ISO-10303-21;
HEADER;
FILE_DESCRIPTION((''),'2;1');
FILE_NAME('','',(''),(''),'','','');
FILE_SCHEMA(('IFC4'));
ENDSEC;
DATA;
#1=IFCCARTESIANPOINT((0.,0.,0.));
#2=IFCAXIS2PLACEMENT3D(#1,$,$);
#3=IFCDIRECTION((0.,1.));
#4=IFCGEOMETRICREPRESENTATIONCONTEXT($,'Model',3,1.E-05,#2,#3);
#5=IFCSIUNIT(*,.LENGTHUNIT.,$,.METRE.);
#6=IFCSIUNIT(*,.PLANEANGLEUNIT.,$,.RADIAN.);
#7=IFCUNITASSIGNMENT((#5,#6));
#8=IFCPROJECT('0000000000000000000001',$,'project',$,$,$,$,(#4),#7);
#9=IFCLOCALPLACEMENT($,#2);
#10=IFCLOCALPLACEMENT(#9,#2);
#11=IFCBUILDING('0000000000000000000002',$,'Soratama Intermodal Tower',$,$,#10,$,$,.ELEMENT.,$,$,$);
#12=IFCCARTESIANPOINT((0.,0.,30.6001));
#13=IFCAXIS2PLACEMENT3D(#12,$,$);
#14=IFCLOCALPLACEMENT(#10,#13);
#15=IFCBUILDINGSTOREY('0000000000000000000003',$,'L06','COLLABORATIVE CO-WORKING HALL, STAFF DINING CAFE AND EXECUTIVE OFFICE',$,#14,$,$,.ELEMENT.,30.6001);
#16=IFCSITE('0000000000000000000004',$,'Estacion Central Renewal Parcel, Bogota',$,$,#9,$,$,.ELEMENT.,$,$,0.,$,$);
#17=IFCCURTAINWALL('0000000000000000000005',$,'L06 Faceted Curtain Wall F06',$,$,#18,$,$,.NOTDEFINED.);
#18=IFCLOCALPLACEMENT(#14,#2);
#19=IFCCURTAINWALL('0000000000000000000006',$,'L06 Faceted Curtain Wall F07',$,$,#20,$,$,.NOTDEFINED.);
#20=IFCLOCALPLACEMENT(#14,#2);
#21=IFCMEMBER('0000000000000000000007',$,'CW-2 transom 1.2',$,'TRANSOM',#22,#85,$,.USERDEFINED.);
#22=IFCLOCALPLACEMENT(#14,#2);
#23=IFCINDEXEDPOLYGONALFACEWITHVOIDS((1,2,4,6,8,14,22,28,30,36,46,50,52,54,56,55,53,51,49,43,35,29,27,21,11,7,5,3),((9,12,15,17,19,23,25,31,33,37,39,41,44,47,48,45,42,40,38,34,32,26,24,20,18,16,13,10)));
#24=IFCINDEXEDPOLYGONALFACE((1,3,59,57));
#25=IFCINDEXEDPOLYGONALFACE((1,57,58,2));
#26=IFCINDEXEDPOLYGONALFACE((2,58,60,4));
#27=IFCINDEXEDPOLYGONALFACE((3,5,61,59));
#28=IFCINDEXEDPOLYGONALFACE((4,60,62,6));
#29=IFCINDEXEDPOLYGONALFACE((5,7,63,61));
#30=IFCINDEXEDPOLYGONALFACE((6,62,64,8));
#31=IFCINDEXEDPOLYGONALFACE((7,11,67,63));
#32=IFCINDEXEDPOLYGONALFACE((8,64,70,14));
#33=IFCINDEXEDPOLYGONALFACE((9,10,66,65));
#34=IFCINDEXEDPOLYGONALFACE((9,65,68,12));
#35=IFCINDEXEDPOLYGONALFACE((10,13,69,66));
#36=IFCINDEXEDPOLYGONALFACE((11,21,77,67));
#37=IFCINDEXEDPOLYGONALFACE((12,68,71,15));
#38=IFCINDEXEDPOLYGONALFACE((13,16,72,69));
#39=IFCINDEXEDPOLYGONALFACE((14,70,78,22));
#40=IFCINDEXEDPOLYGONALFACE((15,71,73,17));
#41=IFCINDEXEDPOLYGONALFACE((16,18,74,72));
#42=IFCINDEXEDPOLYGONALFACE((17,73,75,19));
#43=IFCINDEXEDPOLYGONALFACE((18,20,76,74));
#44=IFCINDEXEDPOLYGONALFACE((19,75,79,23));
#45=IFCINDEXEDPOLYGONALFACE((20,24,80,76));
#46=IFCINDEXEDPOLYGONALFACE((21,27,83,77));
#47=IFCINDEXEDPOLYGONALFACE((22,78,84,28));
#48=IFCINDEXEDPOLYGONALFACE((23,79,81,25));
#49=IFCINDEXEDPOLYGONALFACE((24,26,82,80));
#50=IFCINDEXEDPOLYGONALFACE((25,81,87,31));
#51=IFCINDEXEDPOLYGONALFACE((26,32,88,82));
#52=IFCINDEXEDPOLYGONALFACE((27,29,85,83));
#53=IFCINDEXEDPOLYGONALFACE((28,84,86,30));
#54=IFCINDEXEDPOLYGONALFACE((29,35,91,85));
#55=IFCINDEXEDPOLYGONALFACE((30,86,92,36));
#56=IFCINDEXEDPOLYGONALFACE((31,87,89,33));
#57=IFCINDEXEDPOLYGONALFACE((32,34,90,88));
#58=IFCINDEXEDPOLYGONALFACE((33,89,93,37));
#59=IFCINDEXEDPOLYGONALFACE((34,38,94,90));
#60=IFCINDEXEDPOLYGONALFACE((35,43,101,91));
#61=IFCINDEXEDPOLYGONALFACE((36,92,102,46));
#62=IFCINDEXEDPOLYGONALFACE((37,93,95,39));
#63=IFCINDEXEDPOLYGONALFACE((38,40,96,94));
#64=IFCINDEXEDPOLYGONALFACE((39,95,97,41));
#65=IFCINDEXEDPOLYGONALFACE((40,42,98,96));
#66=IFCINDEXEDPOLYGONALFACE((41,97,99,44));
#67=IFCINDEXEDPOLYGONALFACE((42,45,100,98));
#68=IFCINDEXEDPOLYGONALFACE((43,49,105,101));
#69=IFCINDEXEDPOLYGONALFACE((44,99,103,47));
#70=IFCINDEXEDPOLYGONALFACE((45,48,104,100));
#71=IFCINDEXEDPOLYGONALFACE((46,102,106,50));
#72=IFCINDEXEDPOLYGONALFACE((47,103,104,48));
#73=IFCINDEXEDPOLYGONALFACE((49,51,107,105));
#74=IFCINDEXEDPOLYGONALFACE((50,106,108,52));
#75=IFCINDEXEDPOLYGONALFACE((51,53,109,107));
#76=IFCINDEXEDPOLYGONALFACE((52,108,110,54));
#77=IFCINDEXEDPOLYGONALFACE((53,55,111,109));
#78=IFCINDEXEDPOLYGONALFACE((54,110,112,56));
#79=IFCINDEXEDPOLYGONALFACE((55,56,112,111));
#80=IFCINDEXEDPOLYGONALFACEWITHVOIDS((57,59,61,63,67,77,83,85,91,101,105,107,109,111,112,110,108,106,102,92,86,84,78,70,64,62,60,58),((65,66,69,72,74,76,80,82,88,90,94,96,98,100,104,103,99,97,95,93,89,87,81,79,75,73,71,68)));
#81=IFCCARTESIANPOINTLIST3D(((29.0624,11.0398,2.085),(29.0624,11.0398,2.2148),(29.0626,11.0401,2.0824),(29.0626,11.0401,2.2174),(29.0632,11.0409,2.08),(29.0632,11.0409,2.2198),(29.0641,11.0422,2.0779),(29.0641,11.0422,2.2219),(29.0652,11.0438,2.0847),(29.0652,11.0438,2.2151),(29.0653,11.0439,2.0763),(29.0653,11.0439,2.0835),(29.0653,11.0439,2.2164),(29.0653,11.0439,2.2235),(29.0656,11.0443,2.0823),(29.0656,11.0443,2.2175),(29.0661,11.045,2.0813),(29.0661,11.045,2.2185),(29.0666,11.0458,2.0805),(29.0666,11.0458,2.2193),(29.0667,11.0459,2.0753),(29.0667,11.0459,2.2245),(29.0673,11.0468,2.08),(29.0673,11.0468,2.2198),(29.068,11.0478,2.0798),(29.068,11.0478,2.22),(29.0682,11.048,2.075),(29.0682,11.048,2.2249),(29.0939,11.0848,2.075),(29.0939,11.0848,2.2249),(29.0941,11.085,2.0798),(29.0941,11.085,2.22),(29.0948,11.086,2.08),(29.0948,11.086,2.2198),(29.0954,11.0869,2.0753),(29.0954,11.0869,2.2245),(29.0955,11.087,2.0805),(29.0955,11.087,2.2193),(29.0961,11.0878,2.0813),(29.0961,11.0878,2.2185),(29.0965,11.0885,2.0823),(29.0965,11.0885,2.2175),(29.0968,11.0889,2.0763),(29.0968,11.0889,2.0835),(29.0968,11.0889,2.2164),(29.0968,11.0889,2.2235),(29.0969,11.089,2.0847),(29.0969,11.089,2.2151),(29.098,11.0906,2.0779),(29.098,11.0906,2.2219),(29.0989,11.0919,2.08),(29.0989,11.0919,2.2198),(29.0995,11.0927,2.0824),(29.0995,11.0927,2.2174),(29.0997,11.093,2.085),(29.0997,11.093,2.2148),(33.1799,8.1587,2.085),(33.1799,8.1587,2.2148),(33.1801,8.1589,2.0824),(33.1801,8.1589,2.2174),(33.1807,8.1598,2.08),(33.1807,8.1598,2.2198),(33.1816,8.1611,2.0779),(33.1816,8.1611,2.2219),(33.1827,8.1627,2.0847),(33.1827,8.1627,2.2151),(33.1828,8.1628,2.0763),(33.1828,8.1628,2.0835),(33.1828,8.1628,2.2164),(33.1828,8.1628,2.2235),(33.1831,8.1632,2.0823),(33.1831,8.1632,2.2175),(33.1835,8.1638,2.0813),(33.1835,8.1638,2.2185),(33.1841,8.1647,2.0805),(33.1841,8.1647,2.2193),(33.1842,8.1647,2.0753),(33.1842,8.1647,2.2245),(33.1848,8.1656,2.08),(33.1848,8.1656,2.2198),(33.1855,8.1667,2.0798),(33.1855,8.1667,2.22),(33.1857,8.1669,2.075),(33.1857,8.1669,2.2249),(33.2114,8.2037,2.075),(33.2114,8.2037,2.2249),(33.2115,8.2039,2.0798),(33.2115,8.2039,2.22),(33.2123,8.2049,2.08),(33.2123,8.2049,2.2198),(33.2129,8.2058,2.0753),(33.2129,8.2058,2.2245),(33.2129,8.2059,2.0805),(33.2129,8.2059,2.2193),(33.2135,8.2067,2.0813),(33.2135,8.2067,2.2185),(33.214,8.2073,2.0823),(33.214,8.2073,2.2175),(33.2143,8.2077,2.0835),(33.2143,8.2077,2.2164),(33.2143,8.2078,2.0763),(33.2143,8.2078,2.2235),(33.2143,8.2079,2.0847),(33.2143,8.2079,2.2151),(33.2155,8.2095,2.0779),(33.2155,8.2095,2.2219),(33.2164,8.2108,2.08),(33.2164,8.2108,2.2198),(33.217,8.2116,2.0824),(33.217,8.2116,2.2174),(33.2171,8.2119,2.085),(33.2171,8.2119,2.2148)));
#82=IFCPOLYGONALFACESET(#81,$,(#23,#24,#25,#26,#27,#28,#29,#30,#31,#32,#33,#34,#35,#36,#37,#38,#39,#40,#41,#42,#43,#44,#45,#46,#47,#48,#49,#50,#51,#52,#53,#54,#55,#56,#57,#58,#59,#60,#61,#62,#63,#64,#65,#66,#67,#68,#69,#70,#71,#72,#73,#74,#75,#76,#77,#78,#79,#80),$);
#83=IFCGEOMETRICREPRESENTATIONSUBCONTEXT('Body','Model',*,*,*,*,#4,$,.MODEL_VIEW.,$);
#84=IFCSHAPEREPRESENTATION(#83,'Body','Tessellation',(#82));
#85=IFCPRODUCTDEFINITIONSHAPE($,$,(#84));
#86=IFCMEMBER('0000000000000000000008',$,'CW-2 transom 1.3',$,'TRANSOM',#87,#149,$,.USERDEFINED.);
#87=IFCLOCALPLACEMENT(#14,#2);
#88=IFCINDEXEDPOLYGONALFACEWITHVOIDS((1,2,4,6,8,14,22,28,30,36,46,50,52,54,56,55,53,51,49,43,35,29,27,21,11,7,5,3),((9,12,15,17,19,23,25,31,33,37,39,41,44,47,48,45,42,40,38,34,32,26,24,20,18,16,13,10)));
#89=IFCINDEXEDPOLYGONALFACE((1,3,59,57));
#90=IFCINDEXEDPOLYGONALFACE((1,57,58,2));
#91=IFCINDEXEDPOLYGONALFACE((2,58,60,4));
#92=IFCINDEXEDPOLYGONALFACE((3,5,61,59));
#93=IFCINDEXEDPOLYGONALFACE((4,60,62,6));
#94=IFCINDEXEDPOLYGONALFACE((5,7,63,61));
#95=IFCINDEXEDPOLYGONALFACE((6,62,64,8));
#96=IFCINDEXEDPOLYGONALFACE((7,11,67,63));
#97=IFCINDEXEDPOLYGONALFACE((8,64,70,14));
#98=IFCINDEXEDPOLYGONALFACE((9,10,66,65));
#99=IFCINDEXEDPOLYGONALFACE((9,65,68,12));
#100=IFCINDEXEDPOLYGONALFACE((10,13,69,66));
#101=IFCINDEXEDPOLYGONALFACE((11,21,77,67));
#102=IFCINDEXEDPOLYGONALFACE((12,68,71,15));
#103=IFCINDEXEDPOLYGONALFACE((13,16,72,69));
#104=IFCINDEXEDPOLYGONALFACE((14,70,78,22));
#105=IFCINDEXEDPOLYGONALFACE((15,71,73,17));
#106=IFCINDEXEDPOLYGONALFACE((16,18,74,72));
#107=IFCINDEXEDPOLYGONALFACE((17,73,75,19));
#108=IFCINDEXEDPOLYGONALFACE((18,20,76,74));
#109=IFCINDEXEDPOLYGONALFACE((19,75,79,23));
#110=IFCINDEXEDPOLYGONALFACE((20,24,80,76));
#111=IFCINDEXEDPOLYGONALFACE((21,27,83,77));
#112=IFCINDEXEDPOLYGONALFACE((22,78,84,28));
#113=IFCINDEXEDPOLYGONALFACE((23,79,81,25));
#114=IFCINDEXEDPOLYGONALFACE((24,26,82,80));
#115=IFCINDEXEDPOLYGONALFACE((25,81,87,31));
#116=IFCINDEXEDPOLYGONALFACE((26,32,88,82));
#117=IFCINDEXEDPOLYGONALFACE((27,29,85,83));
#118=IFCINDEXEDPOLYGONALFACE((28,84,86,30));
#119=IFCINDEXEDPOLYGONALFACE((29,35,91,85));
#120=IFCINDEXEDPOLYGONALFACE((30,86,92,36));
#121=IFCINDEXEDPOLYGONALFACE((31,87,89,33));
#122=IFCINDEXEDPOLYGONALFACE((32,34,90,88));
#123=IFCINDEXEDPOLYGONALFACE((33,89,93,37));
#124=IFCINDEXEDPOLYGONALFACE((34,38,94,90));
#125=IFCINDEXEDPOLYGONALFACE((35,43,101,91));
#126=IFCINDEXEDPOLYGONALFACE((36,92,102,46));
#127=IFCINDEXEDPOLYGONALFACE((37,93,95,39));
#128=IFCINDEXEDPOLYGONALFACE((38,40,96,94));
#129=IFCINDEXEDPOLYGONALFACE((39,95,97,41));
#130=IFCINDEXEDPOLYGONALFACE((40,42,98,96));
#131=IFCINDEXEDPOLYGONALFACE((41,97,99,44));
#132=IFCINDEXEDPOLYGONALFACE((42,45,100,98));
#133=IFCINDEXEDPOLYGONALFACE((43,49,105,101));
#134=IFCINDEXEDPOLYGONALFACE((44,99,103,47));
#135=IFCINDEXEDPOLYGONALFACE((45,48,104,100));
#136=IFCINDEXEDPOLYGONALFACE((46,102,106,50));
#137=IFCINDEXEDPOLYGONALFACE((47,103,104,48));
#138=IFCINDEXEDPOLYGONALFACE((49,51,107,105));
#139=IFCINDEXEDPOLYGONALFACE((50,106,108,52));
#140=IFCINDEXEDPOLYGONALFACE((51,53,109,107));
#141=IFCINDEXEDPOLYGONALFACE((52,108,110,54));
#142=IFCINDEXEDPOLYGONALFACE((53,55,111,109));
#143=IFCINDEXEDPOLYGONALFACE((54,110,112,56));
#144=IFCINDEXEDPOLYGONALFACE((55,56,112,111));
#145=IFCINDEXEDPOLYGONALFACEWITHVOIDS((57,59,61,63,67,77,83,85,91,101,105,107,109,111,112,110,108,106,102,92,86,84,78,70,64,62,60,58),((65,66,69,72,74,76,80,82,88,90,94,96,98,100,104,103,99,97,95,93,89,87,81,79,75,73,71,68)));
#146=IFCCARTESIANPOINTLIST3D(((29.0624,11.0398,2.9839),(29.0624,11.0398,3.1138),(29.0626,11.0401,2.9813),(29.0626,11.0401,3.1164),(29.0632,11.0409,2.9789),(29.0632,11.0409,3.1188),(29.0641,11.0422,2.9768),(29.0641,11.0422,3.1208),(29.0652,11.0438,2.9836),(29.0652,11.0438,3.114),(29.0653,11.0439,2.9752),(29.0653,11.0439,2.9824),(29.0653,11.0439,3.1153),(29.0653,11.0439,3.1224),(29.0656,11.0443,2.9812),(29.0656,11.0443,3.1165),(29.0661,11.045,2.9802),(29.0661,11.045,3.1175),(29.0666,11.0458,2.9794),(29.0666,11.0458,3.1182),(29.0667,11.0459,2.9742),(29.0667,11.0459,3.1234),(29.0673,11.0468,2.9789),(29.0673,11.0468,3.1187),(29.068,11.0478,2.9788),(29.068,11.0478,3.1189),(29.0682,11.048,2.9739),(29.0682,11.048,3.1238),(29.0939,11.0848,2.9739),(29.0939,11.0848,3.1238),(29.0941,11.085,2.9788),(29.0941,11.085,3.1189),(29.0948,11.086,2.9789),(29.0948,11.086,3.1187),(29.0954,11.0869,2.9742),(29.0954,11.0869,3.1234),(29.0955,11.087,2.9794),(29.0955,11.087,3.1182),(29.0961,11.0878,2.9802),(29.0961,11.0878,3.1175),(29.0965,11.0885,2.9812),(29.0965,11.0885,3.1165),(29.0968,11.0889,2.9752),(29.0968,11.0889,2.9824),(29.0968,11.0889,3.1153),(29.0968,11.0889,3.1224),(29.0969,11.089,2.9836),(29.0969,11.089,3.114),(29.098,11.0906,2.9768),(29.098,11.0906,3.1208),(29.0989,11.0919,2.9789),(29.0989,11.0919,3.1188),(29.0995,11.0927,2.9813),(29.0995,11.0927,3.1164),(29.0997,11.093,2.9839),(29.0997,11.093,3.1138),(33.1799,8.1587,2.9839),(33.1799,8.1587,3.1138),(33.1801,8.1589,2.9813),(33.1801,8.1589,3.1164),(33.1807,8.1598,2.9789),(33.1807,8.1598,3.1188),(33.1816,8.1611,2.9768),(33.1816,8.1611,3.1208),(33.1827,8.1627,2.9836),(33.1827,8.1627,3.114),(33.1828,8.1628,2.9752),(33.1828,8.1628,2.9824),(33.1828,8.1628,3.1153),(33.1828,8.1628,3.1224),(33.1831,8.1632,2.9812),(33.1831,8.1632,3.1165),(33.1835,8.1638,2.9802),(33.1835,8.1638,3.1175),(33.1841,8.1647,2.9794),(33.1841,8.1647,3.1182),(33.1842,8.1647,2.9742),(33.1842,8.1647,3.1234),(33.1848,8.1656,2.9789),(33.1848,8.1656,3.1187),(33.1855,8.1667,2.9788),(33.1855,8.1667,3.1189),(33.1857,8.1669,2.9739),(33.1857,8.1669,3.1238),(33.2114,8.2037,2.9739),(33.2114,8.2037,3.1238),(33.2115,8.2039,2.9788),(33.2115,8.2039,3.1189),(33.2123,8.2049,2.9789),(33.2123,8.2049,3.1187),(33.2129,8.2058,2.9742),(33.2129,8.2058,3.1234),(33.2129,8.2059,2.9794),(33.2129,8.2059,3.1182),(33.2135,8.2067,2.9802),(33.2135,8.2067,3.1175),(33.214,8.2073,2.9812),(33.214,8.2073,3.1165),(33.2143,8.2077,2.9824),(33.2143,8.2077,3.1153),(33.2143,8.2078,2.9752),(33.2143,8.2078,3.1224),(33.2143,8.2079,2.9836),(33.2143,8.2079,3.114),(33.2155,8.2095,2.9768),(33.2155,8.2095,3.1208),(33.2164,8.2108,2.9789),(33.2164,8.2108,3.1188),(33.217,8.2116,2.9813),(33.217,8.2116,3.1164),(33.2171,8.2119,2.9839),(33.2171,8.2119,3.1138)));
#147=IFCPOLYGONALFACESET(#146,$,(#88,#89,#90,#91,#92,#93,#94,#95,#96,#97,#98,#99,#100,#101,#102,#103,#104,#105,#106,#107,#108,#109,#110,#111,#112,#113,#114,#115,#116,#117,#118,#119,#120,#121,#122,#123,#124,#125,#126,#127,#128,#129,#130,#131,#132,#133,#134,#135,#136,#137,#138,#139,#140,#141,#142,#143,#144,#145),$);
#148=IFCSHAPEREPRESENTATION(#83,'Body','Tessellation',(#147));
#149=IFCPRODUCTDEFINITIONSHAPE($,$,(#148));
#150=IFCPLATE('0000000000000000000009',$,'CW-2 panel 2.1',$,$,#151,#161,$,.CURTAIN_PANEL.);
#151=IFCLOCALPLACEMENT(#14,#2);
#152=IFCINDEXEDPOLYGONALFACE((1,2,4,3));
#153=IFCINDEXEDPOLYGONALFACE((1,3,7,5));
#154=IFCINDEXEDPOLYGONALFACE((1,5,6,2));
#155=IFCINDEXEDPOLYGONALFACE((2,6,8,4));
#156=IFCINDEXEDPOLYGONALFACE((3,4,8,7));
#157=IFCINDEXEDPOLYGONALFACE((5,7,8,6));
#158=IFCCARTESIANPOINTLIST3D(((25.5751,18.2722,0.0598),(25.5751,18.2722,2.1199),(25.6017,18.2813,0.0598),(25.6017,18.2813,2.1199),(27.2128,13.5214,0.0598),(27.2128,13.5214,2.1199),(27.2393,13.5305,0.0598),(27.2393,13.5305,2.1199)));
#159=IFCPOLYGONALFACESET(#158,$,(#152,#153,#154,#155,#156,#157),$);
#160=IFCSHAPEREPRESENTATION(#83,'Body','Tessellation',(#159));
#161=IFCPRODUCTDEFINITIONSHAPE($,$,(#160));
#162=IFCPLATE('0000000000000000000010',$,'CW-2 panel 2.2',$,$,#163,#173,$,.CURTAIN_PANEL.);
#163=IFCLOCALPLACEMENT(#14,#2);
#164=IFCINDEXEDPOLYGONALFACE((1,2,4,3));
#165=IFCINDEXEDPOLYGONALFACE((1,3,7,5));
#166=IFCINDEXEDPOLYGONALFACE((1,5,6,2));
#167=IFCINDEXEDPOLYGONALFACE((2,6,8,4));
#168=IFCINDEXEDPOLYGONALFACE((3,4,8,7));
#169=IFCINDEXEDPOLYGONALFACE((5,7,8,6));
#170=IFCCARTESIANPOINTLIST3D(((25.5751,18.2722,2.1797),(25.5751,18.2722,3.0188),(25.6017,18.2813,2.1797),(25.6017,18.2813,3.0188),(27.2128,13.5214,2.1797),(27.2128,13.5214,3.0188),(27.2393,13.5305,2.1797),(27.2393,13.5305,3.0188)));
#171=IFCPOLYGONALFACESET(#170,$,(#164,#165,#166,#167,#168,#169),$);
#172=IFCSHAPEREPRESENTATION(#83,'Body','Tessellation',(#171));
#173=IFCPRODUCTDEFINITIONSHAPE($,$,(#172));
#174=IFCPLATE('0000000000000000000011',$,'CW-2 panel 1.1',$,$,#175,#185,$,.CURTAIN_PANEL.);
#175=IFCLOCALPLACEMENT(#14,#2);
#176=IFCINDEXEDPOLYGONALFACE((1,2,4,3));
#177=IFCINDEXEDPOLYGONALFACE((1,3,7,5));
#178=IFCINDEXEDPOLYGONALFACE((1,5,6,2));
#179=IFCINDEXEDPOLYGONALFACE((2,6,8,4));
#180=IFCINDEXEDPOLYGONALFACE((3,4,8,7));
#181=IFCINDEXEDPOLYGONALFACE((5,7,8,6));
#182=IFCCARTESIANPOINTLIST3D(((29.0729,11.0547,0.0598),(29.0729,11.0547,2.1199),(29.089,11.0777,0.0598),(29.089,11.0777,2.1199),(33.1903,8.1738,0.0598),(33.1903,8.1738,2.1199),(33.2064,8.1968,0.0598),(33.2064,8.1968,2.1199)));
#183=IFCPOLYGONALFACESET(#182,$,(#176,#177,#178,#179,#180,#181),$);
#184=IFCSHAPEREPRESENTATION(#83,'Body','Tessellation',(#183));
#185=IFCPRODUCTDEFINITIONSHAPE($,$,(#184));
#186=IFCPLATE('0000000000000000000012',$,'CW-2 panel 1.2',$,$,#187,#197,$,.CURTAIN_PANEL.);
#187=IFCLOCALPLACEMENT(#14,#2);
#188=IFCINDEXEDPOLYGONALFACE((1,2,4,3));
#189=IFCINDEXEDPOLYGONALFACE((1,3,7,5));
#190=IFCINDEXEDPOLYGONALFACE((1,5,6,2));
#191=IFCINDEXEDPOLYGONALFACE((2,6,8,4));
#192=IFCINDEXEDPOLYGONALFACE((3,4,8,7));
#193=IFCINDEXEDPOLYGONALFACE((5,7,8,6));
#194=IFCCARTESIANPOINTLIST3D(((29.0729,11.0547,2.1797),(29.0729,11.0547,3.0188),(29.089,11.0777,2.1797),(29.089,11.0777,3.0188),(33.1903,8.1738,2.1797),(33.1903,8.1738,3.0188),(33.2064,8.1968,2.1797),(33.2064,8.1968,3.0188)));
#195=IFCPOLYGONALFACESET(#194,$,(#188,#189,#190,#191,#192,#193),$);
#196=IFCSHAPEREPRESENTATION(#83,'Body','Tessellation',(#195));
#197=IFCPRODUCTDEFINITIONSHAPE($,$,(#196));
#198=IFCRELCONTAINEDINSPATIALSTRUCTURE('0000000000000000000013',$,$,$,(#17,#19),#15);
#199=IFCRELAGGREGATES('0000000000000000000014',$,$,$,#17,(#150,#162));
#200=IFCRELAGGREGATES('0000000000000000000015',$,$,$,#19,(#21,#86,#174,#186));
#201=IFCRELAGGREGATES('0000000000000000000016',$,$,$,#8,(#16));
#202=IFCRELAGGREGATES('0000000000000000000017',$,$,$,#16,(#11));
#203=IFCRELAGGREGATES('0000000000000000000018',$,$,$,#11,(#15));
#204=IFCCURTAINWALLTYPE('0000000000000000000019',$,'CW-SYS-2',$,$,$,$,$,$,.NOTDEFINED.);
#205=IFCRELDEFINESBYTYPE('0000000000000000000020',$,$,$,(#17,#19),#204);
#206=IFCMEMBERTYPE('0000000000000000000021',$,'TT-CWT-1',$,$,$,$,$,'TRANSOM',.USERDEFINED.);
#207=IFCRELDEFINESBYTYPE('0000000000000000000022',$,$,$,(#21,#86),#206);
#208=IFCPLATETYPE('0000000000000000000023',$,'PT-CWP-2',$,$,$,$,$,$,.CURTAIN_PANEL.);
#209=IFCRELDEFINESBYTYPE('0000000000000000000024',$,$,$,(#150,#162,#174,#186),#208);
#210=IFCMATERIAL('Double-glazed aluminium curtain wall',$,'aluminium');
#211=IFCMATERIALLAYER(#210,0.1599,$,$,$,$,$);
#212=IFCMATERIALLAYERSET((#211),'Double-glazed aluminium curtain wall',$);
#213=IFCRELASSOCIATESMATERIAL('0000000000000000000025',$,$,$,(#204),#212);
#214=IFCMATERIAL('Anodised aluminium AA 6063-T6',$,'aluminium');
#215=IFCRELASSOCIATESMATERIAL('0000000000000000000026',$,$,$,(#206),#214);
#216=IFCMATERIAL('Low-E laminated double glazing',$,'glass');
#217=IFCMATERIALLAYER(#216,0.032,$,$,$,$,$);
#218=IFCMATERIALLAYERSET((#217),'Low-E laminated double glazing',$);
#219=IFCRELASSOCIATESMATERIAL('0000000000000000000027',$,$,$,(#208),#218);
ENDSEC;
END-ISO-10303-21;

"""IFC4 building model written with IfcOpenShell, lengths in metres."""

from ifc_helpers import new_model, si_unit, direction, frame, origin, origin_2d, place, context, subcontext, project, spatial, rectangle, hollow_rectangle, extrude, material, layer, layer_set, material_profile, profile_set, type_object, element, aggregate, save


model = new_model("IFC4")

# Units and contexts
model_context = context("Model", 3, precision=1e-05, world=origin(), true_north=direction((0.0, 1.0)))
body_context = subcontext(model_context, "Body", "Model", "MODEL_VIEW")
ifc_project = project(units=[si_unit("LENGTHUNIT", "METRE"), si_unit("PLANEANGLEUNIT", "RADIAN")], contexts=[model_context])

# Site, building, storey
site_placement = place(None, origin())
site = spatial("IfcSite", under=ifc_project, at=site_placement, Name="Estacion Central Renewal Parcel, Bogota", CompositionType="ELEMENT", RefElevation=0.0)
building_placement = place(site_placement, origin())
building = spatial("IfcBuilding", under=site, at=building_placement, Name="Soratama Intermodal Tower", CompositionType="ELEMENT")
storey_placement = place(building_placement, frame((0.0, 0.0, 30.6001)))
storey = spatial("IfcBuildingStorey", under=building, at=storey_placement, Name="L06", Description="COLLABORATIVE CO-WORKING HALL, STAFF DINING CAFE AND EXECUTIVE OFFICE", CompositionType="ELEMENT", Elevation=30.6001)

# Curtain walls
ifc_material_1 = material(Name="Double-glazed aluminium curtain wall", Category="aluminium")
ifc_layer_1 = layer(ifc_material_1, 0.1599)
ifc_layer_set_1 = layer_set([ifc_layer_1], Name="Double-glazed aluminium curtain wall")
curtain_wall_type = type_object("IfcCurtainWallType", Name="CW-SYS-2", PredefinedType="NOTDEFINED", material=ifc_layer_set_1)
curtain_wall_1_placement = place(storey_placement, origin())
curtain_wall_1 = element("IfcCurtainWall", 1, at=curtain_wall_1_placement, inside=storey, type_object=curtain_wall_type, Name="L06 Faceted Curtain Wall F06", PredefinedType="NOTDEFINED")
curtain_wall_2_placement = place(storey_placement, origin())
curtain_wall_2 = element("IfcCurtainWall", 2, at=curtain_wall_2_placement, inside=storey, type_object=curtain_wall_type, Name="L06 Faceted Curtain Wall F07", PredefinedType="NOTDEFINED")

# Members
ifc_material_2 = material(Name="Anodised aluminium AA 6063-T6", Category="aluminium")
ifc_material_profile_1 = material_profile(ifc_material_2, hollow_rectangle(XDim=0.0649, YDim=0.1499, WallThickness=0.0049, InnerFilletRadius=0.0049, OuterFilletRadius=0.01, at=origin_2d()), Name="CWT150X65X5")
ifc_profile_set_1 = profile_set([ifc_material_profile_1], Name="Anodised aluminium AA 6063-T6")
member_type_1 = type_object("IfcMemberType", Name="TT-CWT-1", ElementType="TRANSOM", PredefinedType="USERDEFINED", material=ifc_profile_set_1)
member_1_placement = place(storey_placement, frame((29.0811, 11.0664, 2.1499), z_axis=(0.819335, -0.573316, 0.0), x_axis=(0.573316, 0.819335, 0.0)))
member_1 = element("IfcMember", 3, at=member_1_placement, type_object=member_type_1, Name="CW-2 transom 1.2", ObjectType="TRANSOM", PredefinedType="USERDEFINED", context=body_context, shape_type="SweptSolid", body=[
    extrude(hollow_rectangle(XDim=0.0649, YDim=0.1499, WallThickness=0.0049, InnerFilletRadius=0.0049, OuterFilletRadius=0.01, at=origin_2d()), origin(), (0.0, 0.0, 1.0), 5.0254),
])
member_2_placement = place(storey_placement, frame((29.0811, 11.0664, 3.0488), z_axis=(0.819335, -0.573316, 0.0), x_axis=(0.573316, 0.819335, 0.0)))
member_2 = element("IfcMember", 4, at=member_2_placement, type_object=member_type_1, Name="CW-2 transom 1.3", ObjectType="TRANSOM", PredefinedType="USERDEFINED", context=body_context, shape_type="SweptSolid", body=[
    extrude(hollow_rectangle(XDim=0.0649, YDim=0.1499, WallThickness=0.0049, InnerFilletRadius=0.0049, OuterFilletRadius=0.01, at=origin_2d()), origin(), (0.0, 0.0, 1.0), 5.0254),
])

# Plates
ifc_material_3 = material(Name="Low-E laminated double glazing", Category="glass")
ifc_layer_2 = layer(ifc_material_3, 0.032)
ifc_layer_set_2 = layer_set([ifc_layer_2], Name="Low-E laminated double glazing")
plate_type = type_object("IfcPlateType", Name="PT-CWP-2", PredefinedType="CURTAIN_PANEL", material=ifc_layer_set_2)
plate_1_placement = place(storey_placement, frame((26.4072, 15.9014, 0.0598), z_axis=(0.0, 0.0, 1.0), x_axis=(0.325894, -0.945406, 0.0)))
plate_1 = element("IfcPlate", 5, at=plate_1_placement, type_object=plate_type, Name="CW-2 panel 2.1", PredefinedType="CURTAIN_PANEL", context=body_context, shape_type="SweptSolid", body=[
    extrude(rectangle(XDim=5.0251, YDim=0.0281, at=origin_2d()), origin(), (0.0, 0.0, 1.0), 2.0601),
])
plate_2_placement = place(storey_placement, frame((26.4072, 15.9014, 2.1797), z_axis=(0.0, 0.0, 1.0), x_axis=(0.325894, -0.945406, 0.0)))
plate_2 = element("IfcPlate", 6, at=plate_2_placement, type_object=plate_type, Name="CW-2 panel 2.2", PredefinedType="CURTAIN_PANEL", context=body_context, shape_type="SweptSolid", body=[
    extrude(rectangle(XDim=5.0251, YDim=0.0281, at=origin_2d()), origin(), (0.0, 0.0, 1.0), 0.8391),
])
aggregate(curtain_wall_1, [plate_1, plate_2])
plate_3_placement = place(storey_placement, frame((31.1396, 9.6257, 0.0598), z_axis=(0.0, 0.0, 1.0), x_axis=(0.819349, -0.573296, 0.0)))
plate_3 = element("IfcPlate", 7, at=plate_3_placement, type_object=plate_type, Name="CW-2 panel 1.1", PredefinedType="CURTAIN_PANEL", context=body_context, shape_type="SweptSolid", body=[
    extrude(rectangle(XDim=5.0251, YDim=0.0281, at=origin_2d()), origin(), (0.0, 0.0, 1.0), 2.0601),
])
plate_4_placement = place(storey_placement, frame((31.1396, 9.6257, 2.1797), z_axis=(0.0, 0.0, 1.0), x_axis=(0.819349, -0.573296, 0.0)))
plate_4 = element("IfcPlate", 8, at=plate_4_placement, type_object=plate_type, Name="CW-2 panel 1.2", PredefinedType="CURTAIN_PANEL", context=body_context, shape_type="SweptSolid", body=[
    extrude(rectangle(XDim=5.0251, YDim=0.0281, at=origin_2d()), origin(), (0.0, 0.0, 1.0), 0.8391),
])
aggregate(curtain_wall_2, [member_1, member_2, plate_3, plate_4])

save(model, "model.ifc")
